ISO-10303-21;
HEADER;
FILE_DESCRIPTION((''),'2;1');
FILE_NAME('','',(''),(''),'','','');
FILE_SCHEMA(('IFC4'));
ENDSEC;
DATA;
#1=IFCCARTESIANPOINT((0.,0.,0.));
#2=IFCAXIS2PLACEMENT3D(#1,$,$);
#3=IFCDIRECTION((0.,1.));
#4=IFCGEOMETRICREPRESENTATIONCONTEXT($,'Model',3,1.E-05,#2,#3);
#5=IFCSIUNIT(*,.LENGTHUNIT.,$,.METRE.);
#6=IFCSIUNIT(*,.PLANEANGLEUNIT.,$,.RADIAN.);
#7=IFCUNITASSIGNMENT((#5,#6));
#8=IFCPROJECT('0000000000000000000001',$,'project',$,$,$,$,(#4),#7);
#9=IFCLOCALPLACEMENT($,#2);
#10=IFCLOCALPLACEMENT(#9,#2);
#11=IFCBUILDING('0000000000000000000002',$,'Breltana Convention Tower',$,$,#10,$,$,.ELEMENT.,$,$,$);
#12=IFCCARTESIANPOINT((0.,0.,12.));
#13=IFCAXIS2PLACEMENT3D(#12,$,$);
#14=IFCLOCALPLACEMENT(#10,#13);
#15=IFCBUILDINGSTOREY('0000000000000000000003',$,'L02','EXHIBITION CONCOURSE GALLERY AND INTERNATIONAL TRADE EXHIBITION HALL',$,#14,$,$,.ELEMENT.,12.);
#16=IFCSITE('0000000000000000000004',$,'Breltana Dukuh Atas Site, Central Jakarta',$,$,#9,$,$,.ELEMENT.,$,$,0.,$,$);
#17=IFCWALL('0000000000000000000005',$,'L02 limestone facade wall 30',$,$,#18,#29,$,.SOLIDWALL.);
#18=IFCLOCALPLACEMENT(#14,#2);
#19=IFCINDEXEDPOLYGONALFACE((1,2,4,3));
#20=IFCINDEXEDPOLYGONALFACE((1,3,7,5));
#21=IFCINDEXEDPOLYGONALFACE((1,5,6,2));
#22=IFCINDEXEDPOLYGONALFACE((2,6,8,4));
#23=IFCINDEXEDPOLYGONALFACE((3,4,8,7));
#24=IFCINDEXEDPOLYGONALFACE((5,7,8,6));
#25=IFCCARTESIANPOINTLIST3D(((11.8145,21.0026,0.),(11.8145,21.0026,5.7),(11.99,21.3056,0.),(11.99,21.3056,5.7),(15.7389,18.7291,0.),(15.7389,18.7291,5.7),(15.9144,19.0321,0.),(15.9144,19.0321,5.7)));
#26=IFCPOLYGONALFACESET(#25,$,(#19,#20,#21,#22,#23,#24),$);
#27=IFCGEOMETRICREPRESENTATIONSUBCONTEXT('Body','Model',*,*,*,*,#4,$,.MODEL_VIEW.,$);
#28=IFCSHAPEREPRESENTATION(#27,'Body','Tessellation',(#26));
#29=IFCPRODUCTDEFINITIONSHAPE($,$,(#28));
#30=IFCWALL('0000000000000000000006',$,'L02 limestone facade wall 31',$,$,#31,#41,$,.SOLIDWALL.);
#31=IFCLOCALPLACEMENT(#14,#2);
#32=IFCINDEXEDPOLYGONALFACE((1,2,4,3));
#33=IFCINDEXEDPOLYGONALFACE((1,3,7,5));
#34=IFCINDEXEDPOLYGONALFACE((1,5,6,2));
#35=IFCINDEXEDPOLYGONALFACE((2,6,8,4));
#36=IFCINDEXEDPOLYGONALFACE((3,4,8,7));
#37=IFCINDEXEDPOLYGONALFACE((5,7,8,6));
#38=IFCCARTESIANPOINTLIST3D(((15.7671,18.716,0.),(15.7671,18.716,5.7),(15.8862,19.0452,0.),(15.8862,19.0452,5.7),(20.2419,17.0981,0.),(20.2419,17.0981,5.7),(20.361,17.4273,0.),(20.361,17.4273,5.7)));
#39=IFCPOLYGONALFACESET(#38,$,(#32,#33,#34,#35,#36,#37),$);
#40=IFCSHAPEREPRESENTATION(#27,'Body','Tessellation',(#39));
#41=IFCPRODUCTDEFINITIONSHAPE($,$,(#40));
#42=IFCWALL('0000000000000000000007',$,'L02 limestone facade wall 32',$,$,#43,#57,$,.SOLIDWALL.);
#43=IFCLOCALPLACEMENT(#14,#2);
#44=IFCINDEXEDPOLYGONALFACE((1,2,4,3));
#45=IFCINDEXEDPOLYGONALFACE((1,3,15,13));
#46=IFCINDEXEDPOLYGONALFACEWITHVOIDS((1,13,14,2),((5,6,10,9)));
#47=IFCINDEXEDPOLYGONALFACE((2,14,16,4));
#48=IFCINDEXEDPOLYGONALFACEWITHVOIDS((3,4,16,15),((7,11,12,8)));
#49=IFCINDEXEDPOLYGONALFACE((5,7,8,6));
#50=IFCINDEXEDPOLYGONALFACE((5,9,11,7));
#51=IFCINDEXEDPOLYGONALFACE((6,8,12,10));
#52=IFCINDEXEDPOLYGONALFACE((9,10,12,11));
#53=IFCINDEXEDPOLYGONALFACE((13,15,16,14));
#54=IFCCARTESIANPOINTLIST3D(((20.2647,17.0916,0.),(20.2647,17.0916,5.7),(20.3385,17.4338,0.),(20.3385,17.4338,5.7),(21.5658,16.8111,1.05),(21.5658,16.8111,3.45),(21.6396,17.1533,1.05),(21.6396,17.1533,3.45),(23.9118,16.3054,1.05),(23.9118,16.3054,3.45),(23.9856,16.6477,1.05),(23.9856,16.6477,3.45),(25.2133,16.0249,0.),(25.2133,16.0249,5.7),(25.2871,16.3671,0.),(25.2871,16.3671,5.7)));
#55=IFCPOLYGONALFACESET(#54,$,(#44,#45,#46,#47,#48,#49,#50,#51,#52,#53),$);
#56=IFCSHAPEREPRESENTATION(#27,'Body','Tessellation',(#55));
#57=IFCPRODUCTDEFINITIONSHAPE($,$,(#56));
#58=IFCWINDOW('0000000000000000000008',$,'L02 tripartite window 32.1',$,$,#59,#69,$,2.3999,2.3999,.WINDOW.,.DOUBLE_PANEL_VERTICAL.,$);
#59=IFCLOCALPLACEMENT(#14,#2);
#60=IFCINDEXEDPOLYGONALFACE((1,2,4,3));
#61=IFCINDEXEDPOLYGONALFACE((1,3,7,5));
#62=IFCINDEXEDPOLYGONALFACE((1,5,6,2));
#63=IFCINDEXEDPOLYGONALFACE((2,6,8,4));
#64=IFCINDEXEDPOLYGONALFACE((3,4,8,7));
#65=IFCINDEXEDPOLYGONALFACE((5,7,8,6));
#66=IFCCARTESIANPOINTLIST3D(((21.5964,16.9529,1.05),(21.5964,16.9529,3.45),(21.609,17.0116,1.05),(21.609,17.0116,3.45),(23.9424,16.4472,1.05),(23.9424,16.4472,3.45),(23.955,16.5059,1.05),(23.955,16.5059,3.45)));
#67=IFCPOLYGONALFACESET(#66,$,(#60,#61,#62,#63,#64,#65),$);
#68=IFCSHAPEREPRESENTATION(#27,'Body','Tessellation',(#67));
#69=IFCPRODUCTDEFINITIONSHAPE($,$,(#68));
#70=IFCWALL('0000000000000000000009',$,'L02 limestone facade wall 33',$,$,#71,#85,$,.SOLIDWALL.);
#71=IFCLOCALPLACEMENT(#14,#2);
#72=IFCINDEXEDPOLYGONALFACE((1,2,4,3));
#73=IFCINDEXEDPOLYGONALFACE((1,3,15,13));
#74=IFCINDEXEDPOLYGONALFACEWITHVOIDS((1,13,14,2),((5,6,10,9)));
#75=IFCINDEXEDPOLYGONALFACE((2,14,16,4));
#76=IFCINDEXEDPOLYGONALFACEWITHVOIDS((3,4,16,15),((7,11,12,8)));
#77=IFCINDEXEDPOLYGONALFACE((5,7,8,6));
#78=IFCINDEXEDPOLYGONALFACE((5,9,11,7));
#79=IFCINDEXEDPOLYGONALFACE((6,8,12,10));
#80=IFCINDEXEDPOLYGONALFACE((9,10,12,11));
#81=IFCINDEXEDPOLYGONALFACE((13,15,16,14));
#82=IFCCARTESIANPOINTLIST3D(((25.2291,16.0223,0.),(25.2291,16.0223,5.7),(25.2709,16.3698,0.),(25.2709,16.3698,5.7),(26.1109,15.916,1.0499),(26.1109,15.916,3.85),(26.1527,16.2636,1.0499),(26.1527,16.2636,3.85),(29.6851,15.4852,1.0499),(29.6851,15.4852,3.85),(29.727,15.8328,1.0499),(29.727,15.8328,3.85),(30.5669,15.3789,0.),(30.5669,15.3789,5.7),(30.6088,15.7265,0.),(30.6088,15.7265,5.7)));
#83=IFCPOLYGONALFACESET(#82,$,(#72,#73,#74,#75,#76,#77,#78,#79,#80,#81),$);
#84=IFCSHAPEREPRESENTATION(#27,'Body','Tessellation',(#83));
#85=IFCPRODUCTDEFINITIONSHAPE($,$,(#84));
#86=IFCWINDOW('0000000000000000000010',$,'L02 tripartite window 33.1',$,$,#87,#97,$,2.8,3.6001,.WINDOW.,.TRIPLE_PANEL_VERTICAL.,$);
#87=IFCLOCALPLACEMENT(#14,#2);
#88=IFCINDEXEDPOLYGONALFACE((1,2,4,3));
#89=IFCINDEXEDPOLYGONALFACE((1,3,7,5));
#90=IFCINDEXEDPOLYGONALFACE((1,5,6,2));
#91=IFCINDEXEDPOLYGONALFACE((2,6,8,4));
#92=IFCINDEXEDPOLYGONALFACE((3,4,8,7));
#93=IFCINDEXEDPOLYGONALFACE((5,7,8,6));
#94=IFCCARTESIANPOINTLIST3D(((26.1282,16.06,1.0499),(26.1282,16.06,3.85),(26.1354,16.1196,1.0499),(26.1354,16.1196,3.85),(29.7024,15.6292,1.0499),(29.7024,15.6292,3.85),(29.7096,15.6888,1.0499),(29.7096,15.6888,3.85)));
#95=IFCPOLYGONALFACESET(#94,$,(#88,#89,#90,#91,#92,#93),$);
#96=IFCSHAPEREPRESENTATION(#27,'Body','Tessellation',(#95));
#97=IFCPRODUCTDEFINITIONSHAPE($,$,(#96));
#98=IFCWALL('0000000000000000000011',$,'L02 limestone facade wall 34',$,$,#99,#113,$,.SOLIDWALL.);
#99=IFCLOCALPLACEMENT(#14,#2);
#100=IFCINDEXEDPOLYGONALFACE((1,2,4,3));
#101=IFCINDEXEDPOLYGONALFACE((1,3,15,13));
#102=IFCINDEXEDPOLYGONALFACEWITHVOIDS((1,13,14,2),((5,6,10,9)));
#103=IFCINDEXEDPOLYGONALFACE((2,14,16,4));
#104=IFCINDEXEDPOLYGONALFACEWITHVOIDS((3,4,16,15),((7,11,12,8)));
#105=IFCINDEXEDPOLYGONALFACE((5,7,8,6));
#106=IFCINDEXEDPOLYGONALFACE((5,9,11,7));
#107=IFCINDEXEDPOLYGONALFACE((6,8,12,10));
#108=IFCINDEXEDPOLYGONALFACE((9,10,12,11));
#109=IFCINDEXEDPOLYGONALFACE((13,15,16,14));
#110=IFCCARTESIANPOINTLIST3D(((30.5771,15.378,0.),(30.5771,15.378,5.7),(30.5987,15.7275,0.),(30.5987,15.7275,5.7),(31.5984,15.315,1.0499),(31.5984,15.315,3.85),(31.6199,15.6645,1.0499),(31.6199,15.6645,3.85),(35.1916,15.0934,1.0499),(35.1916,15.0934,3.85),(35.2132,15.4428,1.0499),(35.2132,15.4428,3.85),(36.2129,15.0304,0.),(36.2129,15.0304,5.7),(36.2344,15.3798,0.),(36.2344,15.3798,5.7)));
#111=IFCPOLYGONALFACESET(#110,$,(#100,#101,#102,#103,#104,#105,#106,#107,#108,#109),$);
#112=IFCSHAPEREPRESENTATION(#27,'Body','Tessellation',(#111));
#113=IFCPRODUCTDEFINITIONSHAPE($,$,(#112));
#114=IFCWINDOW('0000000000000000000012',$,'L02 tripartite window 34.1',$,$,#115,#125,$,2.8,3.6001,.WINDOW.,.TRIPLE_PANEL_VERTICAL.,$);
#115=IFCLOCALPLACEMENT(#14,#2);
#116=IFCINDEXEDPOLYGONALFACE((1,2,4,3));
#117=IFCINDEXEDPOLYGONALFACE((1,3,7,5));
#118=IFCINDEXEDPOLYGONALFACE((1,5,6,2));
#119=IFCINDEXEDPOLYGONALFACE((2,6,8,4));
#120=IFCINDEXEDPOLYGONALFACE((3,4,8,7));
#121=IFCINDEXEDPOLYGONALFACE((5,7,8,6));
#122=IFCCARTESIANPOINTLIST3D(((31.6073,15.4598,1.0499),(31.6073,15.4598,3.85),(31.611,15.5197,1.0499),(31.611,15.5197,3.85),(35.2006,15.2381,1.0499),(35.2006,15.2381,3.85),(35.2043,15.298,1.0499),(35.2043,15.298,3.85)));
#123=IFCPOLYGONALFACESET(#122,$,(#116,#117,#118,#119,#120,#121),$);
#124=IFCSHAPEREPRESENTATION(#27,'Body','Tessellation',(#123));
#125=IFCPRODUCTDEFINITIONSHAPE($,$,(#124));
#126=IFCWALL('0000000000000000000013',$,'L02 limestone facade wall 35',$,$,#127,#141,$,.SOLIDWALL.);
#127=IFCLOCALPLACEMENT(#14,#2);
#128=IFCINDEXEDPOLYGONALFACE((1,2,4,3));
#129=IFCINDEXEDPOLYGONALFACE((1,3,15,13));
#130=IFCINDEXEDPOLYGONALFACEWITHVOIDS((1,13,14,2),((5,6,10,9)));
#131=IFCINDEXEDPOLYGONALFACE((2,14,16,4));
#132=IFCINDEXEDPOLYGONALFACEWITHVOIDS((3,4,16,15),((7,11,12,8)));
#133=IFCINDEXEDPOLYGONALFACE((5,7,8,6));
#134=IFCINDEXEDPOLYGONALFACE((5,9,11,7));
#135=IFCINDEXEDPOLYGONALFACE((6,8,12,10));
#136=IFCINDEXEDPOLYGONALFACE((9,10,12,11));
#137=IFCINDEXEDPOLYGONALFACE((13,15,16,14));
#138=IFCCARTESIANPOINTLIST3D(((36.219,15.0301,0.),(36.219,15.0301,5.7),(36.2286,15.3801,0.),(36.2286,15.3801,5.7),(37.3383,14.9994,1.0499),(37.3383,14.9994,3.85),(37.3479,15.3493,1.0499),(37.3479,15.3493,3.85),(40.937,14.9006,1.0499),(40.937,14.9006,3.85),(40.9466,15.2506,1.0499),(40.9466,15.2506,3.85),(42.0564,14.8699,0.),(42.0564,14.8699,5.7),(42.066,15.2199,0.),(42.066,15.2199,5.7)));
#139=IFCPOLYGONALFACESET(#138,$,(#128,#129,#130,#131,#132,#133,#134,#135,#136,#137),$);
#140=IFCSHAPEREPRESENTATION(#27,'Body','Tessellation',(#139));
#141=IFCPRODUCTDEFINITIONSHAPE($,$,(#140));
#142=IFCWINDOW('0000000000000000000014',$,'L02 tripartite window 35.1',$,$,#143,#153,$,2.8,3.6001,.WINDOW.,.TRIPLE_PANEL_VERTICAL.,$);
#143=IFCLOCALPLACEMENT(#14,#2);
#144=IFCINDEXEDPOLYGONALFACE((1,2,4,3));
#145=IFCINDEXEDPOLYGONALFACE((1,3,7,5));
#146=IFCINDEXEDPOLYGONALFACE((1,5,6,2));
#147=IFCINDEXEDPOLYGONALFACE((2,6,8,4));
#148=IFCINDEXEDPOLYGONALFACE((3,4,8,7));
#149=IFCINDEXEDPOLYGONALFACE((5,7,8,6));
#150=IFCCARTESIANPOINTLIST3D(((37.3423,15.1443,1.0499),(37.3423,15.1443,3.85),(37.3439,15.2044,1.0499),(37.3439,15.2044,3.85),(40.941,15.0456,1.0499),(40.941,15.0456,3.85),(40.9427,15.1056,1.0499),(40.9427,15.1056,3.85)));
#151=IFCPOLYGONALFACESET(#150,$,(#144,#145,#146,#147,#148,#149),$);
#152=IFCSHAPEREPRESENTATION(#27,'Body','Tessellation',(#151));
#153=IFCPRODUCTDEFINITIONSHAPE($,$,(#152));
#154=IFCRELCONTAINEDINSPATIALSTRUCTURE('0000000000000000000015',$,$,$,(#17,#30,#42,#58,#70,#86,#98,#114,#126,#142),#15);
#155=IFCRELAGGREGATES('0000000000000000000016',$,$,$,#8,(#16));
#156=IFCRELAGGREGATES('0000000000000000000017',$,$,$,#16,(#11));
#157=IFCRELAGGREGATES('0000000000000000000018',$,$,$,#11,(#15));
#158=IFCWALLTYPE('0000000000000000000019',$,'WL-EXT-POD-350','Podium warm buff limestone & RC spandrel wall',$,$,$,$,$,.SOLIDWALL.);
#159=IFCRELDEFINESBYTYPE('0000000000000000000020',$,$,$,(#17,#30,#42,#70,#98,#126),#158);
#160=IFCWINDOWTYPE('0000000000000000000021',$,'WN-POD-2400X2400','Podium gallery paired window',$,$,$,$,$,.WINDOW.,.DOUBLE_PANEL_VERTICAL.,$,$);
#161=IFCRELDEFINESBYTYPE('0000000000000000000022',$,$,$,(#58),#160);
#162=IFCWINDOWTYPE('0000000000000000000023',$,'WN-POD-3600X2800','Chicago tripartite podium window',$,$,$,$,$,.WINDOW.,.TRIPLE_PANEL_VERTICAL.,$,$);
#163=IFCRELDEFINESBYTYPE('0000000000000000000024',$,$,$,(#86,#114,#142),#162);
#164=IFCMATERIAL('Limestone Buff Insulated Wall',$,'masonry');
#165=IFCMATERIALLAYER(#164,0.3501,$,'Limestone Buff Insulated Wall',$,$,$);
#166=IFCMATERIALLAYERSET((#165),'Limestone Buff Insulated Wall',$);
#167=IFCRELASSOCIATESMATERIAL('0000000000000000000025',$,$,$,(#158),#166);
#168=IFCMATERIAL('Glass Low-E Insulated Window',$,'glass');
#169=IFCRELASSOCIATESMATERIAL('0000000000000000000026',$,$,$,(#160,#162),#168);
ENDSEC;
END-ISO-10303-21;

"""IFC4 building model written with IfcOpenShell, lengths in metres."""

from ifc_helpers import new_model, si_unit, direction, frame, frame_2d, origin, place, context, subcontext, project, spatial, rectangle, extrude, source, transform, mapped, material, layer, layer_set, type_object, type_shapes, element, fill, save


model = new_model("IFC4")

# Units and contexts
model_context = context("Model", 3, precision=1e-05, world=origin(), true_north=direction((0.0, 1.0)))
body_context = subcontext(model_context, "Body", "Model", "MODEL_VIEW")
ifc_project = project(units=[si_unit("LENGTHUNIT", "METRE"), si_unit("PLANEANGLEUNIT", "RADIAN")], contexts=[model_context])

# Site, building, storey
site_placement = place(None, origin())
site = spatial("IfcSite", under=ifc_project, at=site_placement, Name="Breltana Dukuh Atas Site, Central Jakarta", CompositionType="ELEMENT", RefElevation=0.0)
building_placement = place(site_placement, origin())
building = spatial("IfcBuilding", under=site, at=building_placement, Name="Breltana Convention Tower", CompositionType="ELEMENT")
storey_placement = place(building_placement, frame((0.0, 0.0, 12.0)))
storey = spatial("IfcBuildingStorey", under=building, at=storey_placement, Name="L02", Description="EXHIBITION CONCOURSE GALLERY AND INTERNATIONAL TRADE EXHIBITION HALL", CompositionType="ELEMENT", Elevation=12.0)

# Walls
ifc_material_1 = material(Name="Limestone Buff Insulated Wall", Category="masonry")
ifc_layer_1 = layer(ifc_material_1, 0.3501, Name="Limestone Buff Insulated Wall")
ifc_layer_set_1 = layer_set([ifc_layer_1], Name="Limestone Buff Insulated Wall")
wall_type_1 = type_object("IfcWallType", Name="WL-EXT-POD-350", Description="Podium warm buff limestone & RC spandrel wall", PredefinedType="SOLIDWALL", material=ifc_layer_set_1)
shared_shape_1 = source(origin(), body_context, "Body", "SweptSolid", [
    extrude(rectangle(XDim=4.5354, YDim=0.3501, at=frame_2d((2.2676, 0.0))), origin(), (0.0, 0.0, 1.0), 5.7),
])
wall_1_placement = place(storey_placement, frame((11.9023, 21.1541, 0.0), z_axis=(0.0, 0.0, 1.0), x_axis=(0.865286, -0.501278, 0.0)))
element("IfcWall", 1, at=wall_1_placement, inside=storey, type_object=wall_type_1, Name="L02 limestone facade wall 30", PredefinedType="SOLIDWALL", context=body_context, shape_type="MappedRepresentation", body=[
    mapped(shared_shape_1, transform((0.0, 0.0, 0.0), scale=1.0)),
])
shared_shape_2 = source(origin(), body_context, "Body", "SweptSolid", [
    extrude(rectangle(XDim=4.7583, YDim=0.3501, at=frame_2d((2.3792, 0.0))), origin(), (0.0, 0.0, 1.0), 5.7),
])
wall_2_placement = place(storey_placement, frame((15.8267, 18.8806, 0.0), z_axis=(0.0, 0.0, 1.0), x_axis=(0.94042, -0.340016, 0.0)))
element("IfcWall", 2, at=wall_2_placement, inside=storey, type_object=wall_type_1, Name="L02 limestone facade wall 31", PredefinedType="SOLIDWALL", context=body_context, shape_type="MappedRepresentation", body=[
    mapped(shared_shape_2, transform((0.0, 0.0, 0.0), scale=1.0)),
])

# Walls, openings, windows
shared_shape_3 = source(origin(), body_context, "Body", "SweptSolid", [
    extrude(rectangle(XDim=5.0623, YDim=0.3501, at=frame_2d((2.5312, 0.0))), origin(), (0.0, 0.0, 1.0), 5.7),
])
wall_3_placement = place(storey_placement, frame((20.3015, 17.2627, 0.0), z_axis=(0.0, 0.0, 1.0), x_axis=(0.977548, -0.210711, 0.0)))
wall_3 = element("IfcWall", 3, at=wall_3_placement, inside=storey, type_object=wall_type_1, Name="L02 limestone facade wall 32", PredefinedType="SOLIDWALL", context=body_context, shape_type="MappedRepresentation", body=[
    mapped(shared_shape_3, transform((0.0, 0.0, 0.0), scale=1.0)),
])
opening_1_placement = place(wall_3_placement, frame((1.3311, 0.0, 1.05)))
opening_1 = element("IfcOpeningElement", 4, at=opening_1_placement, cuts=wall_3, PredefinedType="OPENING", context=body_context, shape_type="SweptSolid", body=[
    extrude(rectangle(XDim=2.3999, YDim=2.3999, at=frame_2d((1.2, 1.2))), frame((0.0, 0.1851, 0.0), z_axis=(0.0, -1.0, 0.0), x_axis=(1.0, 0.0, 0.0)), (0.0, 0.0, 1.0), 0.3701),
])
ifc_material_2 = material(Name="Glass Low-E Insulated Window", Category="glass")
window_type_1 = type_object("IfcWindowType", Name="WN-POD-2400X2400", Description="Podium gallery paired window", PartitioningType="DOUBLE_PANEL_VERTICAL", PredefinedType="WINDOW", material=ifc_material_2)
shared_shape_4 = source(origin(), body_context, "Body", "SweptSolid", [
    extrude(rectangle(XDim=2.3999, YDim=2.3999, at=frame_2d((1.2, 1.2))), frame((0.0, 0.03, 0.0), z_axis=(0.0, -1.0, 0.0), x_axis=(1.0, 0.0, 0.0)), (0.0, 0.0, 1.0), 0.0601),
])
type_shapes(window_type_1, [shared_shape_4])
window_1_placement = place(opening_1_placement, origin())
window_1 = element("IfcWindow", 5, at=window_1_placement, inside=storey, type_object=window_type_1, Name="L02 tripartite window 32.1", OverallHeight=2.3999, OverallWidth=2.3999, PartitioningType="DOUBLE_PANEL_VERTICAL", PredefinedType="WINDOW", context=body_context, shape_type="MappedRepresentation", body=[
    mapped(shared_shape_4, transform((0.0, 0.0, 0.0), scale=1.0)),
])
fill(opening_1, window_1)
shared_shape_5 = source(origin(), body_context, "Body", "SweptSolid", [
    extrude(rectangle(XDim=5.3765, YDim=0.3501, at=frame_2d((2.6882, 0.0))), origin(), (0.0, 0.0, 1.0), 5.7),
])
wall_4_placement = place(storey_placement, frame((25.25, 16.196, 0.0), z_axis=(0.0, 0.0, 1.0), x_axis=(0.992816, -0.119652, 0.0)))
wall_4 = element("IfcWall", 6, at=wall_4_placement, inside=storey, type_object=wall_type_1, Name="L02 limestone facade wall 33", PredefinedType="SOLIDWALL", context=body_context, shape_type="MappedRepresentation", body=[
    mapped(shared_shape_5, transform((0.0, 0.0, 0.0), scale=1.0)),
])
opening_2_placement = place(wall_4_placement, frame((0.8882, 0.0, 1.05)))
opening_2 = element("IfcOpeningElement", 7, at=opening_2_placement, cuts=wall_4, PredefinedType="OPENING", context=body_context, shape_type="SweptSolid", body=[
    extrude(rectangle(XDim=3.6001, YDim=2.8, at=frame_2d((1.8, 1.3999))), frame((0.0, 0.1851, 0.0), z_axis=(0.0, -1.0, 0.0), x_axis=(1.0, 0.0, 0.0)), (0.0, 0.0, 1.0), 0.3701),
])
window_type_2 = type_object("IfcWindowType", Name="WN-POD-3600X2800", Description="Chicago tripartite podium window", PartitioningType="TRIPLE_PANEL_VERTICAL", PredefinedType="WINDOW", material=ifc_material_2)
shared_shape_6 = source(origin(), body_context, "Body", "SweptSolid", [
    extrude(rectangle(XDim=3.6001, YDim=2.8, at=frame_2d((1.8, 1.3999))), frame((0.0, 0.03, 0.0), z_axis=(0.0, -1.0, 0.0), x_axis=(1.0, 0.0, 0.0)), (0.0, 0.0, 1.0), 0.0601),
])
type_shapes(window_type_2, [shared_shape_6])
window_2_placement = place(opening_2_placement, origin())
window_2 = element("IfcWindow", 8, at=window_2_placement, inside=storey, type_object=window_type_2, Name="L02 tripartite window 33.1", OverallHeight=2.8, OverallWidth=3.6001, PartitioningType="TRIPLE_PANEL_VERTICAL", PredefinedType="WINDOW", context=body_context, shape_type="MappedRepresentation", body=[
    mapped(shared_shape_6, transform((0.0, 0.0, 0.0), scale=1.0)),
])
fill(opening_2, window_2)
shared_shape_7 = source(origin(), body_context, "Body", "SweptSolid", [
    extrude(rectangle(XDim=5.6465, YDim=0.3501, at=frame_2d((2.8232, 0.0))), origin(), (0.0, 0.0, 1.0), 5.7),
])
wall_5_placement = place(storey_placement, frame((30.5879, 15.5527, 0.0), z_axis=(0.0, 0.0, 1.0), x_axis=(0.998103, -0.061571, 0.0)))
wall_5 = element("IfcWall", 9, at=wall_5_placement, inside=storey, type_object=wall_type_1, Name="L02 limestone facade wall 34", PredefinedType="SOLIDWALL", context=body_context, shape_type="MappedRepresentation", body=[
    mapped(shared_shape_7, transform((0.0, 0.0, 0.0), scale=1.0)),
])
opening_3_placement = place(wall_5_placement, frame((1.0232, 0.0, 1.05)))
opening_3 = element("IfcOpeningElement", 10, at=opening_3_placement, cuts=wall_5, PredefinedType="OPENING", context=body_context, shape_type="SweptSolid", body=[
    extrude(rectangle(XDim=3.6001, YDim=2.8, at=frame_2d((1.8, 1.3999))), frame((0.0, 0.1851, 0.0), z_axis=(0.0, -1.0, 0.0), x_axis=(1.0, 0.0, 0.0)), (0.0, 0.0, 1.0), 0.3701),
])
window_3_placement = place(opening_3_placement, origin())
window_3 = element("IfcWindow", 11, at=window_3_placement, inside=storey, type_object=window_type_2, Name="L02 tripartite window 34.1", OverallHeight=2.8, OverallWidth=3.6001, PartitioningType="TRIPLE_PANEL_VERTICAL", PredefinedType="WINDOW", context=body_context, shape_type="MappedRepresentation", body=[
    mapped(shared_shape_6, transform((0.0, 0.0, 0.0), scale=1.0)),
])
fill(opening_3, window_3)
shared_shape_8 = source(origin(), body_context, "Body", "SweptSolid", [
    extrude(rectangle(XDim=5.8396, YDim=0.3501, at=frame_2d((2.9199, 0.0))), origin(), (0.0, 0.0, 1.0), 5.7),
])
wall_6_placement = place(storey_placement, frame((36.2236, 15.2051, 0.0), z_axis=(0.0, 0.0, 1.0), x_axis=(0.999624, -0.027426, 0.0)))
wall_6 = element("IfcWall", 12, at=wall_6_placement, inside=storey, type_object=wall_type_1, Name="L02 limestone facade wall 35", PredefinedType="SOLIDWALL", context=body_context, shape_type="MappedRepresentation", body=[
    mapped(shared_shape_8, transform((0.0, 0.0, 0.0), scale=1.0)),
])
opening_4_placement = place(wall_6_placement, frame((1.1199, 0.0, 1.05)))
opening_4 = element("IfcOpeningElement", 13, at=opening_4_placement, cuts=wall_6, PredefinedType="OPENING", context=body_context, shape_type="SweptSolid", body=[
    extrude(rectangle(XDim=3.6001, YDim=2.8, at=frame_2d((1.8, 1.3999))), frame((0.0, 0.1851, 0.0), z_axis=(0.0, -1.0, 0.0), x_axis=(1.0, 0.0, 0.0)), (0.0, 0.0, 1.0), 0.3701),
])
window_4_placement = place(opening_4_placement, origin())
window_4 = element("IfcWindow", 14, at=window_4_placement, inside=storey, type_object=window_type_2, Name="L02 tripartite window 35.1", OverallHeight=2.8, OverallWidth=3.6001, PartitioningType="TRIPLE_PANEL_VERTICAL", PredefinedType="WINDOW", context=body_context, shape_type="MappedRepresentation", body=[
    mapped(shared_shape_6, transform((0.0, 0.0, 0.0), scale=1.0)),
])
fill(opening_4, window_4)

save(model, "model.ifc")
